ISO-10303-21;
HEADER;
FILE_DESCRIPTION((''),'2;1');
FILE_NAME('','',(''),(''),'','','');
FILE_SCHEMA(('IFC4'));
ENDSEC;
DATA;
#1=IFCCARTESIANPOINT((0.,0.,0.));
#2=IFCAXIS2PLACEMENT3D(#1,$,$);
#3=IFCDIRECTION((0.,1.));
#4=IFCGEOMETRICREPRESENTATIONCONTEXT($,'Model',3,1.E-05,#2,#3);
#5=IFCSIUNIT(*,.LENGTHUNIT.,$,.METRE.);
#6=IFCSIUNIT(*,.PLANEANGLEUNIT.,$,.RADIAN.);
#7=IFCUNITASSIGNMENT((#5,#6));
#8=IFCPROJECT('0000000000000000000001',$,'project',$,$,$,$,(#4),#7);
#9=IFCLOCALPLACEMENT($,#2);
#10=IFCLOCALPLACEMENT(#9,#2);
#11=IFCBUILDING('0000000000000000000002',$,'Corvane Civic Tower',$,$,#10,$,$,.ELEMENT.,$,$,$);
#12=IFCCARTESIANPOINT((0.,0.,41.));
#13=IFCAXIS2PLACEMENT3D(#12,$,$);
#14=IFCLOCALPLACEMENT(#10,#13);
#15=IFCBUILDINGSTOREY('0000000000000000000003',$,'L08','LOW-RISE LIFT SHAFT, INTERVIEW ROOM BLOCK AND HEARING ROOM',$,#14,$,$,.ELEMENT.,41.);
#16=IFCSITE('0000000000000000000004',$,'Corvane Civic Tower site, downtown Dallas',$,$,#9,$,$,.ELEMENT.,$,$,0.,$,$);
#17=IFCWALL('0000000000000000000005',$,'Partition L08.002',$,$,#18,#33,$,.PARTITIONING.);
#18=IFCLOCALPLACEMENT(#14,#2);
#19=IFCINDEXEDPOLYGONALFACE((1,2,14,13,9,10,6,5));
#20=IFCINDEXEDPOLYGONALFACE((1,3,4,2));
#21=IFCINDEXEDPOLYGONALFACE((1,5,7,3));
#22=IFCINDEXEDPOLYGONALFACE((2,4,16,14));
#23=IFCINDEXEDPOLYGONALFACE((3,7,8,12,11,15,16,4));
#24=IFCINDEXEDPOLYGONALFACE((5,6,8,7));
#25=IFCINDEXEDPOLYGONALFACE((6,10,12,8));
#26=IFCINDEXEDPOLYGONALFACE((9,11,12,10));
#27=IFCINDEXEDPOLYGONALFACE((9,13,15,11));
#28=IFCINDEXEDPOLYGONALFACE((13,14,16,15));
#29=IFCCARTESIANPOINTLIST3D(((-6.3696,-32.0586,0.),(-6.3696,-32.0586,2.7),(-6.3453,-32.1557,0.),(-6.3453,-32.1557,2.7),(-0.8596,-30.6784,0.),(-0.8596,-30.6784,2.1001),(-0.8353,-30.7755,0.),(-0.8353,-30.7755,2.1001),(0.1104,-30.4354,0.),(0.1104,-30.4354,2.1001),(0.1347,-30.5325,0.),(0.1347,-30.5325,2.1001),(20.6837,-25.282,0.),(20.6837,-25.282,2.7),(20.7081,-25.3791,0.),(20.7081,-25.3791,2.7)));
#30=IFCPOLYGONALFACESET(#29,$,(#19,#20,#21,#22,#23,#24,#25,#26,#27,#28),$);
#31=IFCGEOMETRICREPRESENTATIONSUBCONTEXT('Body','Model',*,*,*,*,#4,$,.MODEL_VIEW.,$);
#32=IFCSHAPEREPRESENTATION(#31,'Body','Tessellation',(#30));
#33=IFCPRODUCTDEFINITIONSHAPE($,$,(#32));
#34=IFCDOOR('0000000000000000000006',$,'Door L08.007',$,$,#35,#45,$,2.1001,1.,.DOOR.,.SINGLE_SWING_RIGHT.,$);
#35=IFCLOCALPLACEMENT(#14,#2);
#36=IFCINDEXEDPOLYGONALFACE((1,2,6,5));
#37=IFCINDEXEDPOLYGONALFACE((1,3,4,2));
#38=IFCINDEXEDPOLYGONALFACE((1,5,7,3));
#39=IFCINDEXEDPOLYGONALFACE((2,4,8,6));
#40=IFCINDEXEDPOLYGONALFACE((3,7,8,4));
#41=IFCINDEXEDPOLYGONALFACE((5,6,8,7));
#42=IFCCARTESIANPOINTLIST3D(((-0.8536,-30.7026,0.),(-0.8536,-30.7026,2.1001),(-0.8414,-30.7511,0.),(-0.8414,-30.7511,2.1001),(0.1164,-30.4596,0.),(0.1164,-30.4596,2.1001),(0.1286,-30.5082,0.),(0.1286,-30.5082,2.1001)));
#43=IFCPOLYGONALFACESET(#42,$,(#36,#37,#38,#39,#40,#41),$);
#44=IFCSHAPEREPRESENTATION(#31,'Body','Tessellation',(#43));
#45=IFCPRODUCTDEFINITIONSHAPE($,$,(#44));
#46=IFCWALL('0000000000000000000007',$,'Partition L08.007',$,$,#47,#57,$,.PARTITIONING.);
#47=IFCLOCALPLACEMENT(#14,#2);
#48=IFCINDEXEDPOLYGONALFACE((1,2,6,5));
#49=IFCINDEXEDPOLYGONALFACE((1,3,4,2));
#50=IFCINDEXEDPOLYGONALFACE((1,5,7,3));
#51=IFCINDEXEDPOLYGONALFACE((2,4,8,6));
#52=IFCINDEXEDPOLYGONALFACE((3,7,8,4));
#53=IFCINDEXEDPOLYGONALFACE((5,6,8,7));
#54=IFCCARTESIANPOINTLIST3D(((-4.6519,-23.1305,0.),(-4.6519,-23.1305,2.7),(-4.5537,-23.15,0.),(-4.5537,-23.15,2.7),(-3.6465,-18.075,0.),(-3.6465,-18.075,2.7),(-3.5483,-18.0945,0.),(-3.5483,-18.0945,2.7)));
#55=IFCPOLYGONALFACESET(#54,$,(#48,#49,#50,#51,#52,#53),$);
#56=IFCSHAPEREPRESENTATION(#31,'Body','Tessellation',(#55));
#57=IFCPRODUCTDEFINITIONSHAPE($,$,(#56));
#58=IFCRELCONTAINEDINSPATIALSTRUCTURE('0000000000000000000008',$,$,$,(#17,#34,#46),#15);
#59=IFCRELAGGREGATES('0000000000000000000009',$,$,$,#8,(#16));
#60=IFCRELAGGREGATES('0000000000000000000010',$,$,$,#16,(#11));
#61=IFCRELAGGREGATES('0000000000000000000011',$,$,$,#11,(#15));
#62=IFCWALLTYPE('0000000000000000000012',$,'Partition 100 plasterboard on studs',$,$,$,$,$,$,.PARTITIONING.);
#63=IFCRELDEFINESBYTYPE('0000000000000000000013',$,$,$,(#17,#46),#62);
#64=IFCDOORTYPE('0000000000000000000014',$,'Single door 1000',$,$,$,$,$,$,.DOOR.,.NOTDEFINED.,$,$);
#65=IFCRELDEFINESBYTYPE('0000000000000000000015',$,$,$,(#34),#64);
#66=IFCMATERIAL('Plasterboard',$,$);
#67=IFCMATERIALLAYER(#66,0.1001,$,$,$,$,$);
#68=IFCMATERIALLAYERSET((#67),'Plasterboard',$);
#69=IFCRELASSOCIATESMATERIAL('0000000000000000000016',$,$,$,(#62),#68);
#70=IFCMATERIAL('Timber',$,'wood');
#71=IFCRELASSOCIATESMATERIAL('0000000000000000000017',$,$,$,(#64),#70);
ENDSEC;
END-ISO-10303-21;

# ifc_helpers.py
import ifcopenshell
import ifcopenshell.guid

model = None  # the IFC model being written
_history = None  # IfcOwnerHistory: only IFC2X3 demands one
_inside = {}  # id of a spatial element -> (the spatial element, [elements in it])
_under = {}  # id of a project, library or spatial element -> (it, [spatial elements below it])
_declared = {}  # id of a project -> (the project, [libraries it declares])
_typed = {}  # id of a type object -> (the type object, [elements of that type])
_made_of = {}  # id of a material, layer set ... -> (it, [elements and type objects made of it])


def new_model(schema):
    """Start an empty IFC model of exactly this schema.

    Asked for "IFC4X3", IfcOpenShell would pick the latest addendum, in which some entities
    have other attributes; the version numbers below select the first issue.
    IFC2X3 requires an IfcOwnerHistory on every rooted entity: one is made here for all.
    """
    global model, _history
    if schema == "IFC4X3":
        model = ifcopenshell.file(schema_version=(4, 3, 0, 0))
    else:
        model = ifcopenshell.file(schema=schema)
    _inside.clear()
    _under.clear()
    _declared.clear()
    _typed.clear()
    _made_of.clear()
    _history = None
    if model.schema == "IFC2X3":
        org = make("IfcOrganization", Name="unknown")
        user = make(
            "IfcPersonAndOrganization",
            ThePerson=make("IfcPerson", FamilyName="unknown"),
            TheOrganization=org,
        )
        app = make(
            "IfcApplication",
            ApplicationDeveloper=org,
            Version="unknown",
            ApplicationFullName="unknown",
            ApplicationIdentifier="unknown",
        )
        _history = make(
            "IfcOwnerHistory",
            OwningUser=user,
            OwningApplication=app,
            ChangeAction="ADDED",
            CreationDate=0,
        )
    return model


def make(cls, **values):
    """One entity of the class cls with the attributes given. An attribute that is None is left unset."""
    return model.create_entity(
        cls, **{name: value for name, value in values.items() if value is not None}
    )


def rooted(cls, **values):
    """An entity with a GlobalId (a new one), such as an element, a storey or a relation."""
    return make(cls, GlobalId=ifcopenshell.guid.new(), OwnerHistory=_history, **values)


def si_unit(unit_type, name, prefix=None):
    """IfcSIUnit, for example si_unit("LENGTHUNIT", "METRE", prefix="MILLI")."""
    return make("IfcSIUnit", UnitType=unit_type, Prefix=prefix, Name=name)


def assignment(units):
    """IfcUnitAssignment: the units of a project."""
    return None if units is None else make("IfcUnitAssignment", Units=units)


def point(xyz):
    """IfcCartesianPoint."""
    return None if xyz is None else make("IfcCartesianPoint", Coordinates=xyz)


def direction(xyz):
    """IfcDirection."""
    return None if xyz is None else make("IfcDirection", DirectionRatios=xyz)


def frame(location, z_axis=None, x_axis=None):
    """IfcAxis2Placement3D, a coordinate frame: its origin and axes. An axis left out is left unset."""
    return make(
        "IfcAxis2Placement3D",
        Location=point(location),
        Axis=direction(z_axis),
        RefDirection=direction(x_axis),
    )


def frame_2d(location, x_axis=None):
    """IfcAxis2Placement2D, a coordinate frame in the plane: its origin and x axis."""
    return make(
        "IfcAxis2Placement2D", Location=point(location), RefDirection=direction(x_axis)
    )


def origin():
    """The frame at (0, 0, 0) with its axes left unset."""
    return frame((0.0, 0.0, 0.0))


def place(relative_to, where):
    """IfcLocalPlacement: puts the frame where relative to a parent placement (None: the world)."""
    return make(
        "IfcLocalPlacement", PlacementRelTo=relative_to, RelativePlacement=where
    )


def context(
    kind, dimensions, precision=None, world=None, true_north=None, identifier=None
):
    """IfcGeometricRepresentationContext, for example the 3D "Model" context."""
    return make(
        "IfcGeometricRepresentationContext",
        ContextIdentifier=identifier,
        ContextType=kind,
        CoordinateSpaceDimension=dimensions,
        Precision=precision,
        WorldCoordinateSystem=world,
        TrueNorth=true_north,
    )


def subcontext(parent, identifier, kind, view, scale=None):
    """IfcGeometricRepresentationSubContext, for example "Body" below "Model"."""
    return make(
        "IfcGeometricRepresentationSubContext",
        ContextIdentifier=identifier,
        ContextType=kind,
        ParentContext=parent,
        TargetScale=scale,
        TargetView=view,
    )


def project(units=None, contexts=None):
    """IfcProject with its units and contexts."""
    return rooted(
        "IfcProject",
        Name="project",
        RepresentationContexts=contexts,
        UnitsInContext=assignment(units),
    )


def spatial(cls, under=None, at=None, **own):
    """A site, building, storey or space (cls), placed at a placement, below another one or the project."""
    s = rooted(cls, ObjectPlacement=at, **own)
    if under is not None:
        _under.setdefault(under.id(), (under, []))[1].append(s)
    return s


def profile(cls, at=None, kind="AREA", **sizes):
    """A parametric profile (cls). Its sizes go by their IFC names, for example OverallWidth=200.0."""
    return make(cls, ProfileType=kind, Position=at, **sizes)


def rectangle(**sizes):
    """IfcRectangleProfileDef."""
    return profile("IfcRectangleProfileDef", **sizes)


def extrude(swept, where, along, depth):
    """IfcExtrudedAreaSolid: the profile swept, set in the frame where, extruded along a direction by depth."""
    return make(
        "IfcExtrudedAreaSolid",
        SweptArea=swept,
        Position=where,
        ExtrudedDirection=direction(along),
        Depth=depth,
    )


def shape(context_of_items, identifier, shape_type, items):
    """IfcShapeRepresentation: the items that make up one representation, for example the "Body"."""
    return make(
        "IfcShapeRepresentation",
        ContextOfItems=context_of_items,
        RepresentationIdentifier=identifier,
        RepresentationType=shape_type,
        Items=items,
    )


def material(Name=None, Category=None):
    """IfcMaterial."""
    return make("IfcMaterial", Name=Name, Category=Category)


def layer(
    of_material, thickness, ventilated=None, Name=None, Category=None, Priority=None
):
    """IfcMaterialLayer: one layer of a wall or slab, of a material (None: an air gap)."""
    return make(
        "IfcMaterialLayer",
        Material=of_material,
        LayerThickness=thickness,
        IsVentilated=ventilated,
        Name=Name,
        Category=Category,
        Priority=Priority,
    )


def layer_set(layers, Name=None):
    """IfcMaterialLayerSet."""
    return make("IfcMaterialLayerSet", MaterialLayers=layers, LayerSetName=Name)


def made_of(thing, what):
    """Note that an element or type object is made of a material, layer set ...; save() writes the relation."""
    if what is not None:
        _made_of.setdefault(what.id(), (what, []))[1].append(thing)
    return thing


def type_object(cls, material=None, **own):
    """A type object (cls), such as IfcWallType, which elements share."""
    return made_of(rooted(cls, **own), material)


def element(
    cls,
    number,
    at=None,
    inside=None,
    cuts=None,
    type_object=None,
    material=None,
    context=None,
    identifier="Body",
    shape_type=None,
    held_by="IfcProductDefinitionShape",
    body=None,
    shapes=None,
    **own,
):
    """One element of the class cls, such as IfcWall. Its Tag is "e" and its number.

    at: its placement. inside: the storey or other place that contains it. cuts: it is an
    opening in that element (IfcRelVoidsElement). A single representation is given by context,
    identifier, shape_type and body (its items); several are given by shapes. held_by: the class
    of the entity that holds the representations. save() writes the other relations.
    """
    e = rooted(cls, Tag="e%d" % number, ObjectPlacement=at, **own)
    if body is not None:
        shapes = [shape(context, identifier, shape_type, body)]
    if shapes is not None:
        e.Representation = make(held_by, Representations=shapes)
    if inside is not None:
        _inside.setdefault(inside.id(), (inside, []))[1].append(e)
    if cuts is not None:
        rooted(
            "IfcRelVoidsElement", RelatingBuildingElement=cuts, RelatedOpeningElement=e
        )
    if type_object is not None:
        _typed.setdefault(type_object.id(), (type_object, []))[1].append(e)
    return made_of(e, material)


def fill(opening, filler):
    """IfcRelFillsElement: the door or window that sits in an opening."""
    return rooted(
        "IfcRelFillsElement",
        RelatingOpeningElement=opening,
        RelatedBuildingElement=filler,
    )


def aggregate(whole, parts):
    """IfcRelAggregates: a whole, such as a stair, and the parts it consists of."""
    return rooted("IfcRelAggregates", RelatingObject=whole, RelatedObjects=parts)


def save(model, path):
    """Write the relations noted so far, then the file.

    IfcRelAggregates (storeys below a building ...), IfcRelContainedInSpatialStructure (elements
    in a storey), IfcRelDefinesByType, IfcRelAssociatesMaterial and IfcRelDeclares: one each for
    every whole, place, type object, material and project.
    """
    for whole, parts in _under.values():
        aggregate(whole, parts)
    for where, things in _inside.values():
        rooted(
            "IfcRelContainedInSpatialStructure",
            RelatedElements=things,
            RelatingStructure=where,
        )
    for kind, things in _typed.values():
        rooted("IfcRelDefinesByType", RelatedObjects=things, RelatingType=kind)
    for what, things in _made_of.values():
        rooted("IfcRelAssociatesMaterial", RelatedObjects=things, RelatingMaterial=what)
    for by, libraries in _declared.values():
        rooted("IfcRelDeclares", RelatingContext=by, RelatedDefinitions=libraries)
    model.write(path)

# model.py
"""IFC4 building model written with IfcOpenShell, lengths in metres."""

from ifc_helpers import new_model, si_unit, direction, frame, frame_2d, origin, place, context, subcontext, project, spatial, rectangle, extrude, material, layer, layer_set, type_object, element, fill, save


model = new_model("IFC4")

# Units and contexts
model_context = context("Model", 3, precision=1e-05, world=origin(), true_north=direction((0.0, 1.0)))
body_context = subcontext(model_context, "Body", "Model", "MODEL_VIEW")
ifc_project = project(units=[si_unit("LENGTHUNIT", "METRE"), si_unit("PLANEANGLEUNIT", "RADIAN")], contexts=[model_context])

# Site, building, storey
site_placement = place(None, origin())
site = spatial("IfcSite", under=ifc_project, at=site_placement, Name="Corvane Civic Tower site, downtown Dallas", CompositionType="ELEMENT", RefElevation=0.0)
building_placement = place(site_placement, origin())
building = spatial("IfcBuilding", under=site, at=building_placement, Name="Corvane Civic Tower", CompositionType="ELEMENT")
storey_placement = place(building_placement, frame((0.0, 0.0, 41.0)))
storey = spatial("IfcBuildingStorey", under=building, at=storey_placement, Name="L08", Description="LOW-RISE LIFT SHAFT, INTERVIEW ROOM BLOCK AND HEARING ROOM", CompositionType="ELEMENT", Elevation=41.0)

# Shared definitions
ifc_material_1 = material(Name="Plasterboard")
ifc_layer_1 = layer(ifc_material_1, 0.1001)
ifc_layer_set_1 = layer_set([ifc_layer_1], Name="Plasterboard")
wall_type = type_object("IfcWallType", Name="Partition 100 plasterboard on studs", PredefinedType="PARTITIONING", material=ifc_layer_set_1)

# Wall, opening, door
wall_1_placement = place(storey_placement, frame((-6.3574, -32.1072, 0.0), z_axis=(0.0, 0.0, 1.0), x_axis=(0.97003, 0.242985, 0.0)))
wall_1 = element("IfcWall", 1, at=wall_1_placement, inside=storey, type_object=wall_type, Name="Partition L08.002", PredefinedType="PARTITIONING", context=body_context, shape_type="SweptSolid", body=[
    extrude(rectangle(XDim=27.8892, YDim=0.1001, at=frame_2d((13.9446, 0.0))), origin(), (0.0, 0.0, 1.0), 2.7),
])
opening_placement = place(wall_1_placement, frame((5.6802, 0.0, 0.0)))
opening = element("IfcOpeningElement", 2, at=opening_placement, cuts=wall_1, PredefinedType="OPENING", context=body_context, shape_type="SweptSolid", body=[
    extrude(rectangle(XDim=1.0, YDim=2.1001, at=frame_2d((0.5, 1.05))), frame((0.0, 0.0601, 0.0), z_axis=(0.0, -1.0, 0.0), x_axis=(1.0, 0.0, 0.0)), (0.0, 0.0, 1.0), 0.1201),
])
ifc_material_2 = material(Name="Timber", Category="wood")
door_type = type_object("IfcDoorType", Name="Single door 1000", OperationType="NOTDEFINED", PredefinedType="DOOR", material=ifc_material_2)
door_placement = place(opening_placement, frame((1.0, 0.0, 0.0), z_axis=(0.0, 0.0, 1.0), x_axis=(-1.0, 0.0, 0.0)))
door = element("IfcDoor", 3, at=door_placement, inside=storey, type_object=door_type, Name="Door L08.007", OperationType="SINGLE_SWING_RIGHT", OverallHeight=2.1001, OverallWidth=1.0, PredefinedType="DOOR", context=body_context, shape_type="SweptSolid", body=[
    extrude(rectangle(XDim=1.0, YDim=2.1001, at=frame_2d((0.5, 1.05))), frame((0.0, 0.0249, 0.0), z_axis=(0.0, -1.0, 0.0), x_axis=(1.0, 0.0, 0.0)), (0.0, 0.0, 1.0), 0.05),
])
fill(opening, door)

# Wall
wall_2_placement = place(storey_placement, frame((-4.6028, -23.1401, 0.0), z_axis=(0.0, 0.0, 1.0), x_axis=(0.19505, 0.980793, 0.0)))
element("IfcWall", 4, at=wall_2_placement, inside=storey, type_object=wall_type, Name="Partition L08.007", PredefinedType="PARTITIONING", context=body_context, shape_type="SweptSolid", body=[
    extrude(rectangle(XDim=5.1545, YDim=0.1001, at=frame_2d((2.5771, 0.0))), origin(), (0.0, 0.0, 1.0), 2.7),
])

save(model, "model.ifc")
